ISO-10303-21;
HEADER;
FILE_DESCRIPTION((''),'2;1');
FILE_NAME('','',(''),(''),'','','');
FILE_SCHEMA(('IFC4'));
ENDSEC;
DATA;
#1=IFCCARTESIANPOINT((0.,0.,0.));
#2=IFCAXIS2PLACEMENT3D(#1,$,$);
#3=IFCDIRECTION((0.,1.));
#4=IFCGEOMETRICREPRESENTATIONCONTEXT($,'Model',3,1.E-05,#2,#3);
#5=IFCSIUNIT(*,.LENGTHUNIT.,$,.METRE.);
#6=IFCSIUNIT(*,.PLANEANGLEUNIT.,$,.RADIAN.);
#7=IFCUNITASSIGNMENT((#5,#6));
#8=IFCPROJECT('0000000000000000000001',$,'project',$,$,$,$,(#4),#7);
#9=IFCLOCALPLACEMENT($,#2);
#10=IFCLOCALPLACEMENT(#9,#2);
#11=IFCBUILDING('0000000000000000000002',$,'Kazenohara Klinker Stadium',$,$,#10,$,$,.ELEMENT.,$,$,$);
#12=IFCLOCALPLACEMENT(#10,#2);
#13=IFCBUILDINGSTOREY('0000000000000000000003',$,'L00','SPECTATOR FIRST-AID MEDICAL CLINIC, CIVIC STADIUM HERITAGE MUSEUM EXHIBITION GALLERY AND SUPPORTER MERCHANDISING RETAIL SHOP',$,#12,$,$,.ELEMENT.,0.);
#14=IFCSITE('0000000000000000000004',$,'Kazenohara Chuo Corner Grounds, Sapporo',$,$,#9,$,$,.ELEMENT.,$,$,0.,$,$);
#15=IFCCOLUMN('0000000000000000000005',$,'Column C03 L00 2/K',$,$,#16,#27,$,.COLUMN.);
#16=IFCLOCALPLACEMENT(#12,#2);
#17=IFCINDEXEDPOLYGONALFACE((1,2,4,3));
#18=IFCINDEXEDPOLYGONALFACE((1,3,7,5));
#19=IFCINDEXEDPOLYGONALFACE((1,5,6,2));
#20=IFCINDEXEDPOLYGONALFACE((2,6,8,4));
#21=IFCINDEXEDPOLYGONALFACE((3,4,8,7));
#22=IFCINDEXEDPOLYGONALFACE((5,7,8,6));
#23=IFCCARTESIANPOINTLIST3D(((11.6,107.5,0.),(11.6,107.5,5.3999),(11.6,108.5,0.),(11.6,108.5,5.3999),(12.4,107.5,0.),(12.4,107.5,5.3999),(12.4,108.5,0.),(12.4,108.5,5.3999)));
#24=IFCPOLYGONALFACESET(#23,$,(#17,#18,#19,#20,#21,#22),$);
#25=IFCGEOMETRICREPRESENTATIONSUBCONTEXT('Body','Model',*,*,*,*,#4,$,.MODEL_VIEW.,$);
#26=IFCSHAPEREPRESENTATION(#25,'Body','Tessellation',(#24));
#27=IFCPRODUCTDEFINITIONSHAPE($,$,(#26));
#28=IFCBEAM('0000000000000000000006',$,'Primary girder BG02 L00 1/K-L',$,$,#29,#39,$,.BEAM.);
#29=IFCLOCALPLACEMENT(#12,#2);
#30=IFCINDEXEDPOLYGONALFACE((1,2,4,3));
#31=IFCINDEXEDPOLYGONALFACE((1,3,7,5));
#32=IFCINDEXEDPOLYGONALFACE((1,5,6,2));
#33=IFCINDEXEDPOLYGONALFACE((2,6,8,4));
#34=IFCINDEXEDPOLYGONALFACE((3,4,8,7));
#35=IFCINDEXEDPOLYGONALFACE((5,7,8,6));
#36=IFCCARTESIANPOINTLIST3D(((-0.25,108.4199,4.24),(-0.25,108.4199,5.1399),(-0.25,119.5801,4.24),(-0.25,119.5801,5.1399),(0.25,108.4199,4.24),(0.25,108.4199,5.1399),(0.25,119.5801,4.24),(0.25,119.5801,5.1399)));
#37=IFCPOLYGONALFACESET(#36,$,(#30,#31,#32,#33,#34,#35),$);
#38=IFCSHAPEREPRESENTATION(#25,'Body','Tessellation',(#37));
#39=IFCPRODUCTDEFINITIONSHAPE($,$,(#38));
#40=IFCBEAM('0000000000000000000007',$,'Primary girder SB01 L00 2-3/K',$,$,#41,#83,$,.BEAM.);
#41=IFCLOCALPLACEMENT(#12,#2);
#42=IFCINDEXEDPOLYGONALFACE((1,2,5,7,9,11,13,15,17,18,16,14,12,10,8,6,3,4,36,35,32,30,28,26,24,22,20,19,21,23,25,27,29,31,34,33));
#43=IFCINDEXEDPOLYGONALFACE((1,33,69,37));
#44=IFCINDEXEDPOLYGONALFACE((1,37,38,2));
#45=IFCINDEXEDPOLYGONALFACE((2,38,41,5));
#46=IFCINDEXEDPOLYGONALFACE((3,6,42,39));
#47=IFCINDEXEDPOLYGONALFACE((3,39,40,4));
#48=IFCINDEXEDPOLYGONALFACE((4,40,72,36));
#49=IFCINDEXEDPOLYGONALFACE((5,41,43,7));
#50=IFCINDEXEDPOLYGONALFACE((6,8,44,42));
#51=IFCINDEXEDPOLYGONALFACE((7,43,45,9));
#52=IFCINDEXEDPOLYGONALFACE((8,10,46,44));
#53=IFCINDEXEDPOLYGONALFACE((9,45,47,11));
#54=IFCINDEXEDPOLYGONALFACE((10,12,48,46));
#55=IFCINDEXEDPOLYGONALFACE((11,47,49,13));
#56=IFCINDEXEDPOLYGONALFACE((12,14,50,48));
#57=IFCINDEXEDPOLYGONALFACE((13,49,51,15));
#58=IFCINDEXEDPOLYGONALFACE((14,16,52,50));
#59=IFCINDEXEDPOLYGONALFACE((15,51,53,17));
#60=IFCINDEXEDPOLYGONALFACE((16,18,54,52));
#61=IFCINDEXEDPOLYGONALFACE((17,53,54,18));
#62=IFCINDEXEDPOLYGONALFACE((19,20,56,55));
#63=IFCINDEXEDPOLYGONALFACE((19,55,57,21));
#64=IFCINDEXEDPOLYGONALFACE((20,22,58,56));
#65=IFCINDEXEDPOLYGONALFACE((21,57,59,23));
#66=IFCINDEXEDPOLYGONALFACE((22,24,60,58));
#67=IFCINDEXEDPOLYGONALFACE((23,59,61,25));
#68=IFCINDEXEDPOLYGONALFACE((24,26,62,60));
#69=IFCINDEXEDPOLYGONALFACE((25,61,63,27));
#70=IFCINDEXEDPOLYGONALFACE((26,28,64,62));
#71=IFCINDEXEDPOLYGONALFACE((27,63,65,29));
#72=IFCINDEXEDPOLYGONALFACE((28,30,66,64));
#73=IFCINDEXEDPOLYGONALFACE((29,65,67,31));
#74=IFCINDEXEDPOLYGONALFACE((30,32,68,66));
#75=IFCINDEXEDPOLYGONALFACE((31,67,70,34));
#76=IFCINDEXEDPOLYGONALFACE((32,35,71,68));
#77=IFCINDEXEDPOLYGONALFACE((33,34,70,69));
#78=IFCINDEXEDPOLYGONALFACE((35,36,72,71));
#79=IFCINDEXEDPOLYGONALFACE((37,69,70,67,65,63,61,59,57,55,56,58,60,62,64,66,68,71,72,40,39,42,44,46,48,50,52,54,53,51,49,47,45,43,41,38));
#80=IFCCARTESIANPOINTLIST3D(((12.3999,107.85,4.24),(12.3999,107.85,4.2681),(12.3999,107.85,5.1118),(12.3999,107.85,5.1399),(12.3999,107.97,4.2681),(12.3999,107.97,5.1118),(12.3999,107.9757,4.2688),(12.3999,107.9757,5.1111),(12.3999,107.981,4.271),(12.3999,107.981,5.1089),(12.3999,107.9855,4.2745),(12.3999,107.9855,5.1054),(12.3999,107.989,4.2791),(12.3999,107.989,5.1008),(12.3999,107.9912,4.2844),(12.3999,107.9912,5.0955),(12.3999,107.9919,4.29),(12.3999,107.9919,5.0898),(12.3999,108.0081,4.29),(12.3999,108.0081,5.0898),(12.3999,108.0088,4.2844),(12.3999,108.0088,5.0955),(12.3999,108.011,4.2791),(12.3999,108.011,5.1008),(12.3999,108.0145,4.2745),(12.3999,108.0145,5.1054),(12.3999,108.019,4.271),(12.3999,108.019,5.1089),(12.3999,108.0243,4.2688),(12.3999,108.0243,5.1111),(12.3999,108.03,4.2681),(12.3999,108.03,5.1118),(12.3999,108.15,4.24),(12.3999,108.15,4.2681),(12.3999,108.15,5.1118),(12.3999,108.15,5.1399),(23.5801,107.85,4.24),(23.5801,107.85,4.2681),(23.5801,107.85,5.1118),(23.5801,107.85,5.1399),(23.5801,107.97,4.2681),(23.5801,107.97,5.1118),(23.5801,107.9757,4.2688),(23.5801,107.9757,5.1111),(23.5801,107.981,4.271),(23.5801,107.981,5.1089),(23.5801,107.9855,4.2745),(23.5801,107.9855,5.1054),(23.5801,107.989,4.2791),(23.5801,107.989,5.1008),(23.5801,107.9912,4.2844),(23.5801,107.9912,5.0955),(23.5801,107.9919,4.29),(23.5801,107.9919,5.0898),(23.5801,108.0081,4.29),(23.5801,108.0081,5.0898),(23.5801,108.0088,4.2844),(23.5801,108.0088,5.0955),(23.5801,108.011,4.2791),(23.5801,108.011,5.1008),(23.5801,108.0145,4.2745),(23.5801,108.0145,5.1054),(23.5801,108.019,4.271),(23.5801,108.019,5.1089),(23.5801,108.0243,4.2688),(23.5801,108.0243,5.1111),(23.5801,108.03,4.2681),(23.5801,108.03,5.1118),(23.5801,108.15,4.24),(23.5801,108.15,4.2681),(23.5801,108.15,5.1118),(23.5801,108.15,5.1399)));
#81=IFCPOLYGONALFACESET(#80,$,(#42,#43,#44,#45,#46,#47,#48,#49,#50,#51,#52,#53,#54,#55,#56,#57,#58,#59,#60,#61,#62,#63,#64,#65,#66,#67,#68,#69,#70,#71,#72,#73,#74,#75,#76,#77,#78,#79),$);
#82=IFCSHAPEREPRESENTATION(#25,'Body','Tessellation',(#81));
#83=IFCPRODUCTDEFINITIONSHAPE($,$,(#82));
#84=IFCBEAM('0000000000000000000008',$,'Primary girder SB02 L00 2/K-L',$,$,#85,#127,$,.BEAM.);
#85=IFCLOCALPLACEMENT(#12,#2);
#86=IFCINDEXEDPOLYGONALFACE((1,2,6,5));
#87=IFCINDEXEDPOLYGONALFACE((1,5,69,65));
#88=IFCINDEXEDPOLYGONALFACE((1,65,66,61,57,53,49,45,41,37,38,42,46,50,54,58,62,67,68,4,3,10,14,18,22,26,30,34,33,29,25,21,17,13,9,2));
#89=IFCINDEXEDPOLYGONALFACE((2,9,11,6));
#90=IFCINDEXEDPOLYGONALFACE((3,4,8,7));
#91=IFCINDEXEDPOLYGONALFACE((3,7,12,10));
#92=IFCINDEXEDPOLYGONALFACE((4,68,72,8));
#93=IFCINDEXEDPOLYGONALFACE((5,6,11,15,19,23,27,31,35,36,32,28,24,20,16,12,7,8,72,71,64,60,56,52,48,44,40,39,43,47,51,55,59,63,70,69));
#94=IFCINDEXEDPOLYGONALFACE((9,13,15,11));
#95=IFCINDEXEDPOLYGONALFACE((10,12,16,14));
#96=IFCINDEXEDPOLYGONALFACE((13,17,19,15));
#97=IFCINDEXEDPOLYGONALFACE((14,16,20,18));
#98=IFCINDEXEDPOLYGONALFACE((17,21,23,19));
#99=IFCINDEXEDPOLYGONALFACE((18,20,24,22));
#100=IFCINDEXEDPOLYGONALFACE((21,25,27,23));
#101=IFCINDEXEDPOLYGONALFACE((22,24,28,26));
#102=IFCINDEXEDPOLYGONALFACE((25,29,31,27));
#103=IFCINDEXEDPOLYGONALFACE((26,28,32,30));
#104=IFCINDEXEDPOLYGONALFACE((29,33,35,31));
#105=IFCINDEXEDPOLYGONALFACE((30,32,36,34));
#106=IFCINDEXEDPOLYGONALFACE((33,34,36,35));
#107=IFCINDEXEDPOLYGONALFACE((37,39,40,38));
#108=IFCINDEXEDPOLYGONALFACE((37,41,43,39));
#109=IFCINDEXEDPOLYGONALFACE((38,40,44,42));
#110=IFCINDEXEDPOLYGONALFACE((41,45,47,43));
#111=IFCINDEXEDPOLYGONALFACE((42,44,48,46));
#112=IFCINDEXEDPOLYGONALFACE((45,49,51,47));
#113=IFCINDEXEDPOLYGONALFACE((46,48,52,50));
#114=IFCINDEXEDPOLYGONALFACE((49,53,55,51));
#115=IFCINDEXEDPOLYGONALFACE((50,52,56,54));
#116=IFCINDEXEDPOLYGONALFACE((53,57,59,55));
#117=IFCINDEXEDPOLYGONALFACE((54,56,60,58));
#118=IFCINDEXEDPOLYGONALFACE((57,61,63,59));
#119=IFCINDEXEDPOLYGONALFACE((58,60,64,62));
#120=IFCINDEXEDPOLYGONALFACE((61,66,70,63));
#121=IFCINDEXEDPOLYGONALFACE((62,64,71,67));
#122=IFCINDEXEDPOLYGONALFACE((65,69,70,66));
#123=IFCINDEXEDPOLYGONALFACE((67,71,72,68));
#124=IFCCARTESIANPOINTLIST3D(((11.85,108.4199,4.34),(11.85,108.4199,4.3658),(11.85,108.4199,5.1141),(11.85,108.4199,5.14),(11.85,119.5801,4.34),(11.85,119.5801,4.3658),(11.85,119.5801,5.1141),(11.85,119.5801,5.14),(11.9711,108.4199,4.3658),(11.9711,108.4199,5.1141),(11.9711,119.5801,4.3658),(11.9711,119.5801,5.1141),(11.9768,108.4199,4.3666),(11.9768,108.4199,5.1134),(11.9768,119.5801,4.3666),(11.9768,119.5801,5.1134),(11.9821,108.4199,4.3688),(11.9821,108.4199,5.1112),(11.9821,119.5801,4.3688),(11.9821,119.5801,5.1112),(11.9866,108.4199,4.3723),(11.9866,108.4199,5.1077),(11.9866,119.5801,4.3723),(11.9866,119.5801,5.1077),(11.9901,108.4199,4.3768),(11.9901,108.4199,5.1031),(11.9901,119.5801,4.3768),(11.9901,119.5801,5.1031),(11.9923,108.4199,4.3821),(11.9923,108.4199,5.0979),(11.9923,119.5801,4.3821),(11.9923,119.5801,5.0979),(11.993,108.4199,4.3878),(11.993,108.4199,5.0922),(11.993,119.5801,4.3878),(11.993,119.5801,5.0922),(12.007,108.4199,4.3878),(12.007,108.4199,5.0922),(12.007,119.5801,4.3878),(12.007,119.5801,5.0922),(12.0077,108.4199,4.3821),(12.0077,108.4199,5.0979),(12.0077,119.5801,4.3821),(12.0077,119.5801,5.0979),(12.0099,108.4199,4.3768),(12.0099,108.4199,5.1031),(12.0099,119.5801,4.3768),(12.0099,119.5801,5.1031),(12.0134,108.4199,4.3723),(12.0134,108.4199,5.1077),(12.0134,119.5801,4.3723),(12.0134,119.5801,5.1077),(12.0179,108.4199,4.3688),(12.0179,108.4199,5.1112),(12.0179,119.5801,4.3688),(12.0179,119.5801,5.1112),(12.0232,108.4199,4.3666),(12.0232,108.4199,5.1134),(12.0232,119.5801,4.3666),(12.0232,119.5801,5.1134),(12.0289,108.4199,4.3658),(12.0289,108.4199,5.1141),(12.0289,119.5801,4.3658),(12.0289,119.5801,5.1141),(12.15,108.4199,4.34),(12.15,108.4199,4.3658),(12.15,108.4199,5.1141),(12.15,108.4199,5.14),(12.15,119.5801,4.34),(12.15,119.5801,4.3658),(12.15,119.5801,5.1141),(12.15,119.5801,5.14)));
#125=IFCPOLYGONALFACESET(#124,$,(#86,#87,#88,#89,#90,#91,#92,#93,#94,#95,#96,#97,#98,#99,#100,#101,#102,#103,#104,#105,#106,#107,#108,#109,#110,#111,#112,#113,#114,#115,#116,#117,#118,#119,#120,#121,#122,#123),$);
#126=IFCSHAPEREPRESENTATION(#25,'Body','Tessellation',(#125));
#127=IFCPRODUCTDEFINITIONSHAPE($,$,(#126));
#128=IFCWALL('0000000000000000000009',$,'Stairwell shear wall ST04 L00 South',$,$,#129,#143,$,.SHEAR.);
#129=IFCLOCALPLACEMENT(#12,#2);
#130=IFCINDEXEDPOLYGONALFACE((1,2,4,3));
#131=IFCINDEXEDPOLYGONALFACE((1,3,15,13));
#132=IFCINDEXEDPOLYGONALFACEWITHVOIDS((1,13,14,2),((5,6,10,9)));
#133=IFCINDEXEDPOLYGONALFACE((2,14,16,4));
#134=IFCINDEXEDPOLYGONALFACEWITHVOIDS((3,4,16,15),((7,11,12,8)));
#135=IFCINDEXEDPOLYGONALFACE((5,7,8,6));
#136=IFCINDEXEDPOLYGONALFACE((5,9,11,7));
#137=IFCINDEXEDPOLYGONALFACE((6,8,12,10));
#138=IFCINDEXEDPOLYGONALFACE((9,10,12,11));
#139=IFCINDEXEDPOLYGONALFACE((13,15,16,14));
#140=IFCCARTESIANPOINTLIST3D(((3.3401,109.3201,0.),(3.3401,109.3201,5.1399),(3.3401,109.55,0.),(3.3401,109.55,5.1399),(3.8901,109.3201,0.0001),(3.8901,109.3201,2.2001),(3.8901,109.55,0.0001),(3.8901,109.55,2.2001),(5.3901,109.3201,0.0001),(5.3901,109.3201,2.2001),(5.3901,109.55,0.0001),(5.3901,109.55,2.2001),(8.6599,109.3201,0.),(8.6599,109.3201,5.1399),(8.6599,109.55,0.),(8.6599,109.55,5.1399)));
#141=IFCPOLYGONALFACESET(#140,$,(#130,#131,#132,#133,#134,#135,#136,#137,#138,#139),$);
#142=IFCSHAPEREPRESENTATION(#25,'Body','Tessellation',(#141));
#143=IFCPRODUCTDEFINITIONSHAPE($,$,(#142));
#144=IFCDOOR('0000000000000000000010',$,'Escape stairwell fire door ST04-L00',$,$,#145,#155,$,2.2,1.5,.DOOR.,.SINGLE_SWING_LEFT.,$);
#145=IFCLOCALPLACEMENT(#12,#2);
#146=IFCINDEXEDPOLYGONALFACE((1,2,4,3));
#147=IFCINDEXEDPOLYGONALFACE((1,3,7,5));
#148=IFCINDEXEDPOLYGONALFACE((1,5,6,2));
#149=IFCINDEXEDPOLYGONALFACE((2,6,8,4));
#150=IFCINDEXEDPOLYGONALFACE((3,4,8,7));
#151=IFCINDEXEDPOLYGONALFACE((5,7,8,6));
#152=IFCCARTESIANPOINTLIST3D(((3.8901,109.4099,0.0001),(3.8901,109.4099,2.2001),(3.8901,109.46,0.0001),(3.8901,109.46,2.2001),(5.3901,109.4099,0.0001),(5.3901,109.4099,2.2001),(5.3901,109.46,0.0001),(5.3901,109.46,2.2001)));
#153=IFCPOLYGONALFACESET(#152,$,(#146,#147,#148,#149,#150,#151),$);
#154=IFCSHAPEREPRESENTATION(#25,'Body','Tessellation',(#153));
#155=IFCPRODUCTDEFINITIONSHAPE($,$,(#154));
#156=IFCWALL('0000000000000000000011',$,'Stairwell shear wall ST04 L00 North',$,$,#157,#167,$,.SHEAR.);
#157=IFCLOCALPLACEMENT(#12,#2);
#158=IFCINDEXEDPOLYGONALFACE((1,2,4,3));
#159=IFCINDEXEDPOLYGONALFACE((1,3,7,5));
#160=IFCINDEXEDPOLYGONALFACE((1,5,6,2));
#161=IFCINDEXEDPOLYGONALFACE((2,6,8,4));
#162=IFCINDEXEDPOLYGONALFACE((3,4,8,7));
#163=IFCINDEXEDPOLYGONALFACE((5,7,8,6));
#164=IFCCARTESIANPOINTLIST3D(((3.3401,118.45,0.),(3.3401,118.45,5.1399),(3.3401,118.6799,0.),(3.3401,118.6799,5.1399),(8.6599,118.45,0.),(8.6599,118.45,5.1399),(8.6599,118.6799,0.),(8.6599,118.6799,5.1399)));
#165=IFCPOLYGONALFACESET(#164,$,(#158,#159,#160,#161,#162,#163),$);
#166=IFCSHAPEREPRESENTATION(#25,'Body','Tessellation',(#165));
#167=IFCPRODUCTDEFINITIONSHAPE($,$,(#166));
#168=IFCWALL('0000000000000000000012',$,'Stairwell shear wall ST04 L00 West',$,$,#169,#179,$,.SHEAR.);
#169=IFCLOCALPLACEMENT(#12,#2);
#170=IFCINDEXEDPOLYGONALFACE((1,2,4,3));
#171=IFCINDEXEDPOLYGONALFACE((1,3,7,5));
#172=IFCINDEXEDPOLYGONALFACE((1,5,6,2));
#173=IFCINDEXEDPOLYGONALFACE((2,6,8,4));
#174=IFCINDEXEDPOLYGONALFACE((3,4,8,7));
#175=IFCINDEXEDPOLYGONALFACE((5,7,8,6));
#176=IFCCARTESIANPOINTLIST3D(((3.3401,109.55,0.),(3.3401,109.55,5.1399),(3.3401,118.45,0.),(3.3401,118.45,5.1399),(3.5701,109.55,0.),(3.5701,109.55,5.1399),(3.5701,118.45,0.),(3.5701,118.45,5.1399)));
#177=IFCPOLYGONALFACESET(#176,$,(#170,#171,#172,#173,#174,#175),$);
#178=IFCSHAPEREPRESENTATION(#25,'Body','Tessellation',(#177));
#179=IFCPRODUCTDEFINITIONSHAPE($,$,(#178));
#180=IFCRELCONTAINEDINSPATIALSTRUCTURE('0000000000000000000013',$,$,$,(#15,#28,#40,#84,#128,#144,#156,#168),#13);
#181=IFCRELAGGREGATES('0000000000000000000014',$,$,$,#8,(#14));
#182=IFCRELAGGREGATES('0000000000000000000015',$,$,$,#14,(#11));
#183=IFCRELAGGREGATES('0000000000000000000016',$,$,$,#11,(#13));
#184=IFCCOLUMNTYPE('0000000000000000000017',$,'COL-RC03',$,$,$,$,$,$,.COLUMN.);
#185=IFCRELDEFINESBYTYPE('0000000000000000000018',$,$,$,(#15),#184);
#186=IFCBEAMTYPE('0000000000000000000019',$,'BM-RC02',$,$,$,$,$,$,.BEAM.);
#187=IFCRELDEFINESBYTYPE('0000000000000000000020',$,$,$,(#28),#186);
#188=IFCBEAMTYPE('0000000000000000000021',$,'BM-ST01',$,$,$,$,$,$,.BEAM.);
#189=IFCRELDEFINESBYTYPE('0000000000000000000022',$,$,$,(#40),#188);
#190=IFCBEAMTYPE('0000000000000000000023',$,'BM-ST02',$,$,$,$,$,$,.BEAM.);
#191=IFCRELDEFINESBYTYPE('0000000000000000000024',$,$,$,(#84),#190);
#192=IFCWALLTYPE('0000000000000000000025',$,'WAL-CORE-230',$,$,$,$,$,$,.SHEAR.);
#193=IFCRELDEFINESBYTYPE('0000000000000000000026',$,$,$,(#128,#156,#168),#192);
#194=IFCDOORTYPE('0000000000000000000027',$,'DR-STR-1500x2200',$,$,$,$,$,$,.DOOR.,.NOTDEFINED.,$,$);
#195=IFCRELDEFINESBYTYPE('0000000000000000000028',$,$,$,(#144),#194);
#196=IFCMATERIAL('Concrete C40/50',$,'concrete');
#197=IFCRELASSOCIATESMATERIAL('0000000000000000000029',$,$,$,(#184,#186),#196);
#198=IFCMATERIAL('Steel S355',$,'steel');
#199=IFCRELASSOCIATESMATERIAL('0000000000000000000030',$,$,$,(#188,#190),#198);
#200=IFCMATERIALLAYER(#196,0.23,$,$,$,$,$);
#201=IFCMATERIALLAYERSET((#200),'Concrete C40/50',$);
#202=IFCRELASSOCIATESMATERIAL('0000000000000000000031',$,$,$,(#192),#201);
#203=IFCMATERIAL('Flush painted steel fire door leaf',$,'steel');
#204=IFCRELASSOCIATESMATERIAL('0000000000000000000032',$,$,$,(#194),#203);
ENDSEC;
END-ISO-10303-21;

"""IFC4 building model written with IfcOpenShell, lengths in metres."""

from ifc_helpers import new_model, si_unit, direction, frame, frame_2d, origin, origin_2d, place, context, subcontext, project, spatial, rectangle, i_section, extrude, material, layer, layer_set, material_profile, profile_set, type_object, element, fill, save


model = new_model("IFC4")

# Units and contexts
model_context = context("Model", 3, precision=1e-05, world=origin(), true_north=direction((0.0, 1.0)))
body_context = subcontext(model_context, "Body", "Model", "MODEL_VIEW")
ifc_project = project(units=[si_unit("LENGTHUNIT", "METRE"), si_unit("PLANEANGLEUNIT", "RADIAN")], contexts=[model_context])

# Site, building, storey
site_placement = place(None, origin())
site = spatial("IfcSite", under=ifc_project, at=site_placement, Name="Kazenohara Chuo Corner Grounds, Sapporo", CompositionType="ELEMENT", RefElevation=0.0)
building_placement = place(site_placement, origin())
building = spatial("IfcBuilding", under=site, at=building_placement, Name="Kazenohara Klinker Stadium", CompositionType="ELEMENT")
storey_placement = place(building_placement, origin())
storey = spatial("IfcBuildingStorey", under=building, at=storey_placement, Name="L00", Description="SPECTATOR FIRST-AID MEDICAL CLINIC, CIVIC STADIUM HERITAGE MUSEUM EXHIBITION GALLERY AND SUPPORTER MERCHANDISING RETAIL SHOP", CompositionType="ELEMENT", Elevation=0.0)

# Column
ifc_material_1 = material(Name="Concrete C40/50", Category="concrete")
ifc_material_profile_1 = material_profile(ifc_material_1, rectangle(XDim=0.8, YDim=1.0, at=origin_2d()), Name="RC-COL-1000x800")
ifc_profile_set_1 = profile_set([ifc_material_profile_1], Name="Concrete C40/50")
column_type = type_object("IfcColumnType", Name="COL-RC03", PredefinedType="COLUMN", material=ifc_profile_set_1)
column_placement = place(storey_placement, frame((12.0, 108.0, 0.0), z_axis=(0.0, 0.0, 1.0), x_axis=(1.0, 0.0, 0.0)))
element("IfcColumn", 1, at=column_placement, inside=storey, type_object=column_type, Name="Column C03 L00 2/K", PredefinedType="COLUMN", context=body_context, shape_type="SweptSolid", body=[
    extrude(rectangle(XDim=0.8, YDim=1.0, at=origin_2d()), origin(), (0.0, 0.0, 1.0), 5.3999),
])

# Beams
ifc_material_profile_2 = material_profile(ifc_material_1, rectangle(XDim=0.5, YDim=0.8999, at=origin_2d()), Name="RC-BM-500x900")
ifc_profile_set_2 = profile_set([ifc_material_profile_2], Name="Concrete C40/50")
beam_type_1 = type_object("IfcBeamType", Name="BM-RC02", PredefinedType="BEAM", material=ifc_profile_set_2)
beam_1_placement = place(storey_placement, frame((0.0, 108.4199, 4.6899), z_axis=(0.0, 1.0, 0.0), x_axis=(-1.0, 0.0, 0.0)))
element("IfcBeam", 2, at=beam_1_placement, inside=storey, type_object=beam_type_1, Name="Primary girder BG02 L00 1/K-L", PredefinedType="BEAM", context=body_context, shape_type="SweptSolid", body=[
    extrude(rectangle(XDim=0.5, YDim=0.8999, at=origin_2d()), origin(), (0.0, 0.0, 1.0), 11.1602),
])
ifc_material_2 = material(Name="Steel S355", Category="steel")
ifc_material_profile_3 = material_profile(ifc_material_2, i_section(OverallWidth=0.3, OverallDepth=0.8999, WebThickness=0.0161, FlangeThickness=0.0281, FilletRadius=0.022, at=origin_2d()), Name="H-900x300x16x28")
ifc_profile_set_3 = profile_set([ifc_material_profile_3], Name="Steel S355")
beam_type_2 = type_object("IfcBeamType", Name="BM-ST01", PredefinedType="BEAM", material=ifc_profile_set_3)
beam_2_placement = place(storey_placement, frame((12.3999, 108.0, 4.6899), z_axis=(1.0, 0.0, 0.0), x_axis=(0.0, 1.0, 0.0)))
element("IfcBeam", 3, at=beam_2_placement, inside=storey, type_object=beam_type_2, Name="Primary girder SB01 L00 2-3/K", PredefinedType="BEAM", context=body_context, shape_type="SweptSolid", body=[
    extrude(i_section(OverallWidth=0.3, OverallDepth=0.8999, WebThickness=0.0161, FlangeThickness=0.0281, FilletRadius=0.022, at=origin_2d()), origin(), (0.0, 0.0, 1.0), 11.1802),
])
ifc_material_profile_4 = material_profile(ifc_material_2, i_section(OverallWidth=0.3, OverallDepth=0.8, WebThickness=0.0139, FlangeThickness=0.0259, FilletRadius=0.022, at=origin_2d()), Name="H-800x300x14x26")
ifc_profile_set_4 = profile_set([ifc_material_profile_4], Name="Steel S355")
beam_type_3 = type_object("IfcBeamType", Name="BM-ST02", PredefinedType="BEAM", material=ifc_profile_set_4)
beam_3_placement = place(storey_placement, frame((12.0, 108.4199, 4.74), z_axis=(0.0, 1.0, 0.0), x_axis=(-1.0, 0.0, 0.0)))
element("IfcBeam", 4, at=beam_3_placement, inside=storey, type_object=beam_type_3, Name="Primary girder SB02 L00 2/K-L", PredefinedType="BEAM", context=body_context, shape_type="SweptSolid", body=[
    extrude(i_section(OverallWidth=0.3, OverallDepth=0.8, WebThickness=0.0139, FlangeThickness=0.0259, FilletRadius=0.022, at=origin_2d()), origin(), (0.0, 0.0, 1.0), 11.1602),
])

# Wall, opening, door
ifc_layer_1 = layer(ifc_material_1, 0.23)
ifc_layer_set_1 = layer_set([ifc_layer_1], Name="Concrete C40/50")
wall_type_1 = type_object("IfcWallType", Name="WAL-CORE-230", PredefinedType="SHEAR", material=ifc_layer_set_1)
wall_1_placement = place(storey_placement, frame((3.3401, 109.4351, 0.0), z_axis=(0.0, 0.0, 1.0), x_axis=(1.0, 0.0, 0.0)))
wall_1 = element("IfcWall", 5, at=wall_1_placement, inside=storey, type_object=wall_type_1, Name="Stairwell shear wall ST04 L00 South", PredefinedType="SHEAR", context=body_context, shape_type="SweptSolid", body=[
    extrude(rectangle(XDim=5.3198, YDim=0.23, at=frame_2d((2.6599, 0.0))), origin(), (0.0, 0.0, 1.0), 5.1399),
])
opening_1_placement = place(wall_1_placement, frame((0.55, 0.0, 0.0)))
opening_1 = element("IfcOpeningElement", 6, at=opening_1_placement, cuts=wall_1, PredefinedType="OPENING", context=body_context, shape_type="SweptSolid", body=[
    extrude(rectangle(XDim=1.5, YDim=2.2, at=frame_2d((0.75, 1.1001))), frame((0.0, 0.125, 0.0), z_axis=(0.0, -1.0, 0.0), x_axis=(1.0, 0.0, 0.0)), (0.0, 0.0, 1.0), 0.25),
])
ifc_material_3 = material(Name="Flush painted steel fire door leaf", Category="steel")
door_type_1 = type_object("IfcDoorType", Name="DR-STR-1500x2200", OperationType="NOTDEFINED", PredefinedType="DOOR", material=ifc_material_3)
door_1_placement = place(opening_1_placement, origin())
door_1 = element("IfcDoor", 7, at=door_1_placement, inside=storey, type_object=door_type_1, Name="Escape stairwell fire door ST04-L00", OperationType="SINGLE_SWING_LEFT", OverallHeight=2.2, OverallWidth=1.5, PredefinedType="DOOR", context=body_context, shape_type="SweptSolid", body=[
    extrude(rectangle(XDim=1.5, YDim=2.2, at=frame_2d((0.75, 1.1001))), frame((0.0, 0.0249, 0.0), z_axis=(0.0, -1.0, 0.0), x_axis=(1.0, 0.0, 0.0)), (0.0, 0.0, 1.0), 0.05),
])
fill(opening_1, door_1)

# Walls
wall_2_placement = place(storey_placement, frame((3.3401, 118.5649, 0.0), z_axis=(0.0, 0.0, 1.0), x_axis=(1.0, 0.0, 0.0)))
element("IfcWall", 8, at=wall_2_placement, inside=storey, type_object=wall_type_1, Name="Stairwell shear wall ST04 L00 North", PredefinedType="SHEAR", context=body_context, shape_type="SweptSolid", body=[
    extrude(rectangle(XDim=5.3198, YDim=0.23, at=frame_2d((2.6599, 0.0))), origin(), (0.0, 0.0, 1.0), 5.1399),
])
for number, where, z_axis, x_axis, name in (
    (9, (3.4551, 109.55, 0.0), (0.0, 0.0, 1.0), (0.0, 1.0, 0.0), "Stairwell shear wall ST04 L00 West"),
):
    element("IfcWall", number, at=place(storey_placement, frame(where, z_axis=z_axis, x_axis=x_axis)), inside=storey, type_object=wall_type_1, Name=name, PredefinedType="SHEAR", context=body_context, shape_type="SweptSolid", body=[
        extrude(rectangle(XDim=8.8999, YDim=0.23, at=frame_2d((4.45, 0.0))), origin(), (0.0, 0.0, 1.0), 5.1399),
    ])

save(model, "model.ifc")
